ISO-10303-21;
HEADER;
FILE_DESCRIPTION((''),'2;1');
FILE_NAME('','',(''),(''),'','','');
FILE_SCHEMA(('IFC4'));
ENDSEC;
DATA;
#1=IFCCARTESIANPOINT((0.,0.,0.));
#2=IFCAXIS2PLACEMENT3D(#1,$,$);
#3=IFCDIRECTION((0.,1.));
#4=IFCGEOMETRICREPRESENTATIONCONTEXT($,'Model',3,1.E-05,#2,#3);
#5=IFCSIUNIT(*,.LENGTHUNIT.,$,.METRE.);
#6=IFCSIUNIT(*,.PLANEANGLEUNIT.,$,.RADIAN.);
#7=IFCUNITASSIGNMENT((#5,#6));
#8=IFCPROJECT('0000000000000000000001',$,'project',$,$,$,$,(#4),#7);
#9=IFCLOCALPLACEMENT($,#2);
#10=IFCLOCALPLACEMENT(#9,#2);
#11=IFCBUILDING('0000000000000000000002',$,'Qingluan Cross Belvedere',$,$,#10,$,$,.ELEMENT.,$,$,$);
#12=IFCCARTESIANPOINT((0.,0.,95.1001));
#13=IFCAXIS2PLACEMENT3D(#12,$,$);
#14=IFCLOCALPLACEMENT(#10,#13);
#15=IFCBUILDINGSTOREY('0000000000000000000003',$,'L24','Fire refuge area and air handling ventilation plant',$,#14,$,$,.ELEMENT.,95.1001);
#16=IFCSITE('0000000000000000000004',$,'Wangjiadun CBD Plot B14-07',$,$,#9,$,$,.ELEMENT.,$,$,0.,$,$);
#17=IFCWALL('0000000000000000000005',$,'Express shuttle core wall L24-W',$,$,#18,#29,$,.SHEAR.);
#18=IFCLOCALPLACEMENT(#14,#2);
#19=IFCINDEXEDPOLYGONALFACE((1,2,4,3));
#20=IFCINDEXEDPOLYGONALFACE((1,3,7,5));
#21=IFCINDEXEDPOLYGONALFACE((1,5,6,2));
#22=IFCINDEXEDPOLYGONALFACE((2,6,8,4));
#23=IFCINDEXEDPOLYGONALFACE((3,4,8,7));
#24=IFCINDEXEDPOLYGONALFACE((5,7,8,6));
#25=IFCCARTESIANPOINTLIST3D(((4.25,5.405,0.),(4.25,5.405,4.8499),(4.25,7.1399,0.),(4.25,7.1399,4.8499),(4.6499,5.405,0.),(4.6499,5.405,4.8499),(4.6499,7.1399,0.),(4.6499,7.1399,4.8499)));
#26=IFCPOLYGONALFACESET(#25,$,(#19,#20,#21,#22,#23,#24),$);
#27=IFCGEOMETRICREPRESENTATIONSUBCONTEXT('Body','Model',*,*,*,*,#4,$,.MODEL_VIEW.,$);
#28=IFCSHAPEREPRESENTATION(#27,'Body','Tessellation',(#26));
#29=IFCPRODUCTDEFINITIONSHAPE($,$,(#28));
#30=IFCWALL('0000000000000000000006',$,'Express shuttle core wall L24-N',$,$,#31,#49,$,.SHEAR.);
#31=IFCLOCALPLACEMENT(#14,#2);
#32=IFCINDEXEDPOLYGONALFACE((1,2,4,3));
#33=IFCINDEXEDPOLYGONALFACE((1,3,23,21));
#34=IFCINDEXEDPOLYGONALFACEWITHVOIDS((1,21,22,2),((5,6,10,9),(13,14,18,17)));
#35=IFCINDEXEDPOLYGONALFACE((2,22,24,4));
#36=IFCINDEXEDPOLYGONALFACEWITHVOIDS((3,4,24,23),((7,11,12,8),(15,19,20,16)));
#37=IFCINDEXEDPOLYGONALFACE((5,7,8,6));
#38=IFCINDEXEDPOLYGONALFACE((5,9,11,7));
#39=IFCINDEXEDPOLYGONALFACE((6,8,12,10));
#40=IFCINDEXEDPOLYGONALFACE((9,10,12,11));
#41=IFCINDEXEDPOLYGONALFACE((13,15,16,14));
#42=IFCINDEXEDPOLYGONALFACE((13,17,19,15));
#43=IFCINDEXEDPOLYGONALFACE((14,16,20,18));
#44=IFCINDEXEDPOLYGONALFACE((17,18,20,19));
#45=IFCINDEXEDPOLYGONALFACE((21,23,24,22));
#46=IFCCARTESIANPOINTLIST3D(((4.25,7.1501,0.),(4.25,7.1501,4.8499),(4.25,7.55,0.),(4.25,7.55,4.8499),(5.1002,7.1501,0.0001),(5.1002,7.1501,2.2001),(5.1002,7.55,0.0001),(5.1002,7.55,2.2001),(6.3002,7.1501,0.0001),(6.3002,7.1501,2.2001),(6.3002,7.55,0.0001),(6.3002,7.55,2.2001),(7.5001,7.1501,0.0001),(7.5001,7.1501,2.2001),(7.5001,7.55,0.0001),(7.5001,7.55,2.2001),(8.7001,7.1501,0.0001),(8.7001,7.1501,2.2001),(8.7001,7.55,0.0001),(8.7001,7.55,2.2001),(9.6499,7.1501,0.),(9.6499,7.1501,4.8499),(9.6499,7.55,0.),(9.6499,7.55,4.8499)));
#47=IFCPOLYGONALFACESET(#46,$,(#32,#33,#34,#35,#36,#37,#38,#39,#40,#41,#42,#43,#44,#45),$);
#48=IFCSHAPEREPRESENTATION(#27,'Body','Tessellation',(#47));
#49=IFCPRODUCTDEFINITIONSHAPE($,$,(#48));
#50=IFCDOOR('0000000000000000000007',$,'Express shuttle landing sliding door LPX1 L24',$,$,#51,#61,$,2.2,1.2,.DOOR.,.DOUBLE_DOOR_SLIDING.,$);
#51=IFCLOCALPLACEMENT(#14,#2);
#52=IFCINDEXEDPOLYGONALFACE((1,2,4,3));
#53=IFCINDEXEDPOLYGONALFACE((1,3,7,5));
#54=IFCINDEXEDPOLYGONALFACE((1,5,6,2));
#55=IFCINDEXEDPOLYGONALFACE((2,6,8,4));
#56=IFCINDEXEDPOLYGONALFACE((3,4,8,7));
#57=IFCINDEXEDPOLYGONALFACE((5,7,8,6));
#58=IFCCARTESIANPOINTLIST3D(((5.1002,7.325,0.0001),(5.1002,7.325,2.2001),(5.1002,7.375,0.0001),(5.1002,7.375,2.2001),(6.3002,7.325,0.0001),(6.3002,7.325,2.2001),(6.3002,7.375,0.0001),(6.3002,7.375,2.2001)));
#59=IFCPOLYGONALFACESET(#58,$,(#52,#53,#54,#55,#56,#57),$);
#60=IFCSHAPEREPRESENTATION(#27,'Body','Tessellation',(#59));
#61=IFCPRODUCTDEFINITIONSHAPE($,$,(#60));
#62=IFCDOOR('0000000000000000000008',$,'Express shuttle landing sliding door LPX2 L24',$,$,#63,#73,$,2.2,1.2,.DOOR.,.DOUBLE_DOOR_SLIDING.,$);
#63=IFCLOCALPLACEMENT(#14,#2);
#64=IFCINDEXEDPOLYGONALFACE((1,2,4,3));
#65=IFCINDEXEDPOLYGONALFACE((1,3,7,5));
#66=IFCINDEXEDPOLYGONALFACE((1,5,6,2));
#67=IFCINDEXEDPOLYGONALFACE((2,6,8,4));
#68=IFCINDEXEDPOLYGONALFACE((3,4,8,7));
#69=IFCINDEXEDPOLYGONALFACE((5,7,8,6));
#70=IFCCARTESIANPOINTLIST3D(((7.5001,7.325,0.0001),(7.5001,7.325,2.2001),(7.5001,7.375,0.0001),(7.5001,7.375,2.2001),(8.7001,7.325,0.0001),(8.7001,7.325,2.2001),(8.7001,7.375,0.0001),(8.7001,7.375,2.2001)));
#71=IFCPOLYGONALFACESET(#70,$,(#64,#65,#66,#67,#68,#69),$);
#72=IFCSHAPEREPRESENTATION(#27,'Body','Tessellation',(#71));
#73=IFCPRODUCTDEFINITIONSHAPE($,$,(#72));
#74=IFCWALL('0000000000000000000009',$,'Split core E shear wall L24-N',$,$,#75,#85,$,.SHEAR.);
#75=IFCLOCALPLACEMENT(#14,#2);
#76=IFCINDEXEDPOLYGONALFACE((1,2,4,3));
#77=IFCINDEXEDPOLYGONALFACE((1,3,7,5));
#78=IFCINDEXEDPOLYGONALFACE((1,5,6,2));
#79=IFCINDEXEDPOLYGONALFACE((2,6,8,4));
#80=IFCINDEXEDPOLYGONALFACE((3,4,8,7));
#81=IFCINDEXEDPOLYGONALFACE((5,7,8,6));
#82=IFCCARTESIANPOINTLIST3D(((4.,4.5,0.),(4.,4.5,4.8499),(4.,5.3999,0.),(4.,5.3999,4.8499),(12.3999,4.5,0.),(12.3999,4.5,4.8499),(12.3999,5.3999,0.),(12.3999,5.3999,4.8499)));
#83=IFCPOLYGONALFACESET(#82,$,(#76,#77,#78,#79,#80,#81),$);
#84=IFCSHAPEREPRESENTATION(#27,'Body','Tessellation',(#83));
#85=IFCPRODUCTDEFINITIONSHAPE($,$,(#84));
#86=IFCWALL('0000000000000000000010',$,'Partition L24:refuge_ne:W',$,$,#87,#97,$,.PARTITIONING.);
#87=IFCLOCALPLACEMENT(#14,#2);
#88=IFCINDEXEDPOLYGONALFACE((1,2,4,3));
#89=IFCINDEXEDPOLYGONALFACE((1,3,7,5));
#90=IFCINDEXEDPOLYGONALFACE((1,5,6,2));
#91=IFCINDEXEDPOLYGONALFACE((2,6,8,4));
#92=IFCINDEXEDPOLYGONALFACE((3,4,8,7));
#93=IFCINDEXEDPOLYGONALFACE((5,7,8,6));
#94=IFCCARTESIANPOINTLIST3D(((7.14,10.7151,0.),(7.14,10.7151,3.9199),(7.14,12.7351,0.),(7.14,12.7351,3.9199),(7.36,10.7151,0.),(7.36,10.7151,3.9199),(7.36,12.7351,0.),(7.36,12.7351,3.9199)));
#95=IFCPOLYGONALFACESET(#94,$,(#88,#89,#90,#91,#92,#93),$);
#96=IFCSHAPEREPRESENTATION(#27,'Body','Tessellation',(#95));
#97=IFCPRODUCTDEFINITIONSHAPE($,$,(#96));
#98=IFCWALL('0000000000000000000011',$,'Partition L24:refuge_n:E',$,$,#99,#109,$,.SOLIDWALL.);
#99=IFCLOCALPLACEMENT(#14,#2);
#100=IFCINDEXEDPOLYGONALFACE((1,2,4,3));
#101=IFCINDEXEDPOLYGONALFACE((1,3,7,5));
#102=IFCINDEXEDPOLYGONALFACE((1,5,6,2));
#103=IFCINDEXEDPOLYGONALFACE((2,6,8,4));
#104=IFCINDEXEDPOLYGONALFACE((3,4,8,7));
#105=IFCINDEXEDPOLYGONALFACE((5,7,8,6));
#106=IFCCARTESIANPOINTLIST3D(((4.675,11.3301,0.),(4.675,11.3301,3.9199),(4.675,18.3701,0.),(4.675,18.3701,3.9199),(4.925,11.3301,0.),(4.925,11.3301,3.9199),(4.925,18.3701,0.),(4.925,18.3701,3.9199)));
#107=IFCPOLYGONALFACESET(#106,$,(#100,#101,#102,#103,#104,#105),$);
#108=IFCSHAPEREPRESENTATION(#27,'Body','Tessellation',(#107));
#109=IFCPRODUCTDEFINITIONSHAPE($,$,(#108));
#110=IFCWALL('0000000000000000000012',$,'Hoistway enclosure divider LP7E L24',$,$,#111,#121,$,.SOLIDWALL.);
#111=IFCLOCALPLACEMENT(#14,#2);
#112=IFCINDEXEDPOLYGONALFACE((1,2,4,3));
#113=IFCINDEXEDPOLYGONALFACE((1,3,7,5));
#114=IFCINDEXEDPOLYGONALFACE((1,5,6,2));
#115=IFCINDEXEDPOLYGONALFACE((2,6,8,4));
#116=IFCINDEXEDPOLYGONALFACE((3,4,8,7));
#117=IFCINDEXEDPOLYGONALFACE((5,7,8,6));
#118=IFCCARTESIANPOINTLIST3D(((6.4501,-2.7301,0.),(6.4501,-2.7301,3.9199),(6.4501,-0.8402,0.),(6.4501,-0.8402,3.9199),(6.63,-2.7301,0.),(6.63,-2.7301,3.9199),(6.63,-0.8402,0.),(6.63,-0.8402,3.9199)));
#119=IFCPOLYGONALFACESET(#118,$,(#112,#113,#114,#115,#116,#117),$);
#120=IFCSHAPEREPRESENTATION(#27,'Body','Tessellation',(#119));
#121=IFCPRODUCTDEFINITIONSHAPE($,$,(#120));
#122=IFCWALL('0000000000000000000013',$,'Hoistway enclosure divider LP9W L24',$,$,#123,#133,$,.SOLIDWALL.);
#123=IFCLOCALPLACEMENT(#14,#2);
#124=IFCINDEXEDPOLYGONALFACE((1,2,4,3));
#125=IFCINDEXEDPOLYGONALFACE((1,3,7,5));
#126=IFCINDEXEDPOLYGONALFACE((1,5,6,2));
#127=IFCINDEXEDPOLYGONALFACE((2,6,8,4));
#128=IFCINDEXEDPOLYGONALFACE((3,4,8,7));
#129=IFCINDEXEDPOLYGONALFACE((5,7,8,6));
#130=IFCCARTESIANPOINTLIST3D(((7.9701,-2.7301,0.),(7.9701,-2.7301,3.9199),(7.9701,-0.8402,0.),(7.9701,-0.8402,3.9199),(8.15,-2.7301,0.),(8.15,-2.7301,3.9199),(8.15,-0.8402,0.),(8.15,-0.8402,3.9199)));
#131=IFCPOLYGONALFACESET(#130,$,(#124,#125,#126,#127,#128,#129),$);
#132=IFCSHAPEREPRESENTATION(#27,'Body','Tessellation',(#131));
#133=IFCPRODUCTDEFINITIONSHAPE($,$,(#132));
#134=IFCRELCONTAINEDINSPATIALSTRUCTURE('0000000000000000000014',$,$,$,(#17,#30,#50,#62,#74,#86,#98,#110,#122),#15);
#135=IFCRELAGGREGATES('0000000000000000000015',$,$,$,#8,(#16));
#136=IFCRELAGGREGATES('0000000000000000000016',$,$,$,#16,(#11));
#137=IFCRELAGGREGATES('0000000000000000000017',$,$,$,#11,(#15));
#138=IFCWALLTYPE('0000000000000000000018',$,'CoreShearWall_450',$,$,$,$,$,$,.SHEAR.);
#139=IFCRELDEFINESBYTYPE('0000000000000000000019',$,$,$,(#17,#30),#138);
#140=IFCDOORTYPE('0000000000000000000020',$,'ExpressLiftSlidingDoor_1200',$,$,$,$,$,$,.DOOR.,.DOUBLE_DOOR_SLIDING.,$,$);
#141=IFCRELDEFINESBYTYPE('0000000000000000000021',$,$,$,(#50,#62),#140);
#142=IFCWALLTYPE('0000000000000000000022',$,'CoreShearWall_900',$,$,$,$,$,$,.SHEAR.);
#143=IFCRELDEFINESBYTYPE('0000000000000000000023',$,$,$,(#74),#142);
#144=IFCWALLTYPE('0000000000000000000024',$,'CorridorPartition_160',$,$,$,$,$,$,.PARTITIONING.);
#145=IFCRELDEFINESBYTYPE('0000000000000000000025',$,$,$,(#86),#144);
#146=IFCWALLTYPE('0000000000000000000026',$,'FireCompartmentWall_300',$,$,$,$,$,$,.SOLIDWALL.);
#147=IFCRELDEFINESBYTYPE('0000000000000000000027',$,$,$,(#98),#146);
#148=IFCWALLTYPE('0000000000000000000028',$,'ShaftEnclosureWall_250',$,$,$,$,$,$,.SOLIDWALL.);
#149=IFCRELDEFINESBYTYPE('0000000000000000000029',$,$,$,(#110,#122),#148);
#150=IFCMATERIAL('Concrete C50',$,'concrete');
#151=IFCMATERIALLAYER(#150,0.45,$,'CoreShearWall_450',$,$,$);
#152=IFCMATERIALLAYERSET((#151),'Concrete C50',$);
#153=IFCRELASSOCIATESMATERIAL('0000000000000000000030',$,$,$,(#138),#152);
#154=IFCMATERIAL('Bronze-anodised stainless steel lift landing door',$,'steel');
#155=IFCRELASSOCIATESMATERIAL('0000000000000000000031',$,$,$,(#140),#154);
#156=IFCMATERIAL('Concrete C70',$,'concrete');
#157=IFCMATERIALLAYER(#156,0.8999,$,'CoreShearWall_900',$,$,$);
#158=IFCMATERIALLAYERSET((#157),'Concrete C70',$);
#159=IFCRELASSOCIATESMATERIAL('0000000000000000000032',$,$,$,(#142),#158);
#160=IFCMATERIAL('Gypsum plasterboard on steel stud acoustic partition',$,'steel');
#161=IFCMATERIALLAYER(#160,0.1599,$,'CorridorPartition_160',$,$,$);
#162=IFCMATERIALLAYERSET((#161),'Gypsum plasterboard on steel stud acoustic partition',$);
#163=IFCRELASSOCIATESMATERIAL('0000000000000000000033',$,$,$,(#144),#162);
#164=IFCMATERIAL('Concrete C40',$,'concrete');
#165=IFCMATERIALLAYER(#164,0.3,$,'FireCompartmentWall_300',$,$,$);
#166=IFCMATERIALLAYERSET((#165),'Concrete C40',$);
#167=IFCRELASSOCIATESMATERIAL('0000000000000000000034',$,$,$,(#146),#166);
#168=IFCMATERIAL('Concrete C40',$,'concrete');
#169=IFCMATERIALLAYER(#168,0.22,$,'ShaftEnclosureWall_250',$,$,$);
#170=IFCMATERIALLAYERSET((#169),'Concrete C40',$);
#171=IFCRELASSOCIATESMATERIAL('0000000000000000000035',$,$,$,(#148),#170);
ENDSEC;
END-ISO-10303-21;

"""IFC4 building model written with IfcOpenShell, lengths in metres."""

from ifc_helpers import new_model, si_unit, direction, frame, frame_2d, origin, place, context, subcontext, project, spatial, rectangle, extrude, material, layer, layer_set, type_object, element, fill, save


model = new_model("IFC4")

# Units and contexts
model_context = context("Model", 3, precision=1e-05, world=origin(), true_north=direction((0.0, 1.0)))
body_context = subcontext(model_context, "Body", "Model", "MODEL_VIEW")
ifc_project = project(units=[si_unit("LENGTHUNIT", "METRE"), si_unit("PLANEANGLEUNIT", "RADIAN")], contexts=[model_context])

# Site, building, storey
site_placement = place(None, origin())
site = spatial("IfcSite", under=ifc_project, at=site_placement, Name="Wangjiadun CBD Plot B14-07", CompositionType="ELEMENT", RefElevation=0.0)
building_placement = place(site_placement, origin())
building = spatial("IfcBuilding", under=site, at=building_placement, Name="Qingluan Cross Belvedere", CompositionType="ELEMENT")
storey_placement = place(building_placement, frame((0.0, 0.0, 95.1001)))
storey = spatial("IfcBuildingStorey", under=building, at=storey_placement, Name="L24", Description="Fire refuge area and air handling ventilation plant", CompositionType="ELEMENT", Elevation=95.1001)

# Wall
ifc_material_1 = material(Name="Concrete C50", Category="concrete")
ifc_layer_1 = layer(ifc_material_1, 0.45, Name="CoreShearWall_450")
ifc_layer_set_1 = layer_set([ifc_layer_1], Name="Concrete C50")
wall_type_1 = type_object("IfcWallType", Name="CoreShearWall_450", PredefinedType="SHEAR", material=ifc_layer_set_1)
wall_1_placement = place(storey_placement, frame((4.45, 5.405, 0.0), z_axis=(0.0, 0.0, 1.0), x_axis=(0.0, 1.0, 0.0)))
element("IfcWall", 1, at=wall_1_placement, inside=storey, type_object=wall_type_1, Name="Express shuttle core wall L24-W", PredefinedType="SHEAR", context=body_context, shape_type="SweptSolid", body=[
    extrude(rectangle(XDim=1.7349, YDim=0.3999, at=frame_2d((0.8674, 0.0))), origin(), (0.0, 0.0, 1.0), 4.8499),
])

# Wall, openings, doors
wall_2_placement = place(storey_placement, frame((4.25, 7.3501, 0.0), z_axis=(0.0, 0.0, 1.0), x_axis=(1.0, 0.0, 0.0)))
wall_2 = element("IfcWall", 2, at=wall_2_placement, inside=storey, type_object=wall_type_1, Name="Express shuttle core wall L24-N", PredefinedType="SHEAR", context=body_context, shape_type="SweptSolid", body=[
    extrude(rectangle(XDim=5.3999, YDim=0.3999, at=frame_2d((2.7, 0.0))), origin(), (0.0, 0.0, 1.0), 4.8499),
])
opening_1_placement = place(wall_2_placement, frame((0.8501, 0.0, 0.0)))
opening_1 = element("IfcOpeningElement", 3, at=opening_1_placement, cuts=wall_2, PredefinedType="OPENING", context=body_context, shape_type="SweptSolid", body=[
    extrude(rectangle(XDim=1.2, YDim=2.2, at=frame_2d((0.6001, 1.1001))), frame((0.0, 0.21, 0.0), z_axis=(0.0, -1.0, 0.0), x_axis=(1.0, 0.0, 0.0)), (0.0, 0.0, 1.0), 0.4199),
])
opening_2_placement = place(wall_2_placement, frame((3.25, 0.0, 0.0)))
opening_2 = element("IfcOpeningElement", 4, at=opening_2_placement, cuts=wall_2, PredefinedType="OPENING", context=body_context, shape_type="SweptSolid", body=[
    extrude(rectangle(XDim=1.2, YDim=2.2, at=frame_2d((0.6001, 1.1001))), frame((0.0, 0.21, 0.0), z_axis=(0.0, -1.0, 0.0), x_axis=(1.0, 0.0, 0.0)), (0.0, 0.0, 1.0), 0.4199),
])
ifc_material_2 = material(Name="Bronze-anodised stainless steel lift landing door", Category="steel")
door_type_1 = type_object("IfcDoorType", Name="ExpressLiftSlidingDoor_1200", OperationType="DOUBLE_DOOR_SLIDING", PredefinedType="DOOR", material=ifc_material_2)
door_1_placement = place(opening_1_placement, origin())
door_1 = element("IfcDoor", 5, at=door_1_placement, inside=storey, type_object=door_type_1, Name="Express shuttle landing sliding door LPX1 L24", OperationType="DOUBLE_DOOR_SLIDING", OverallHeight=2.2, OverallWidth=1.2, PredefinedType="DOOR", context=body_context, shape_type="SweptSolid", body=[
    extrude(rectangle(XDim=1.2, YDim=2.2, at=frame_2d((0.6001, 1.1001))), frame((0.0, 0.0249, 0.0), z_axis=(0.0, -1.0, 0.0), x_axis=(1.0, 0.0, 0.0)), (0.0, 0.0, 1.0), 0.05),
])
fill(opening_1, door_1)
door_2_placement = place(opening_2_placement, origin())
door_2 = element("IfcDoor", 6, at=door_2_placement, inside=storey, type_object=door_type_1, Name="Express shuttle landing sliding door LPX2 L24", OperationType="DOUBLE_DOOR_SLIDING", OverallHeight=2.2, OverallWidth=1.2, PredefinedType="DOOR", context=body_context, shape_type="SweptSolid", body=[
    extrude(rectangle(XDim=1.2, YDim=2.2, at=frame_2d((0.6001, 1.1001))), frame((0.0, 0.0249, 0.0), z_axis=(0.0, -1.0, 0.0), x_axis=(1.0, 0.0, 0.0)), (0.0, 0.0, 1.0), 0.05),
])
fill(opening_2, door_2)

# Wall
ifc_material_3 = material(Name="Concrete C70", Category="concrete")
ifc_layer_2 = layer(ifc_material_3, 0.8999, Name="CoreShearWall_900")
ifc_layer_set_2 = layer_set([ifc_layer_2], Name="Concrete C70")
wall_type_2 = type_object("IfcWallType", Name="CoreShearWall_900", PredefinedType="SHEAR", material=ifc_layer_set_2)
wall_3_placement = place(storey_placement, frame((4.0, 4.95, 0.0), z_axis=(0.0, 0.0, 1.0), x_axis=(1.0, 0.0, 0.0)))
element("IfcWall", 7, at=wall_3_placement, inside=storey, type_object=wall_type_2, Name="Split core E shear wall L24-N", PredefinedType="SHEAR", context=body_context, shape_type="SweptSolid", body=[
    extrude(rectangle(XDim=8.3999, YDim=0.8999, at=frame_2d((4.2, 0.0))), origin(), (0.0, 0.0, 1.0), 4.8499),
])

# Shared definitions
ifc_material_4 = material(Name="Gypsum plasterboard on steel stud acoustic partition", Category="steel")
ifc_layer_3 = layer(ifc_material_4, 0.1599, Name="CorridorPartition_160")
ifc_layer_set_3 = layer_set([ifc_layer_3], Name="Gypsum plasterboard on steel stud acoustic partition")
wall_type_3 = type_object("IfcWallType", Name="CorridorPartition_160", PredefinedType="PARTITIONING", material=ifc_layer_set_3)

# Walls
wall_4_placement = place(storey_placement, frame((7.25, 10.7151, 0.0), z_axis=(0.0, 0.0, 1.0), x_axis=(0.0, 1.0, 0.0)))
element("IfcWall", 8, at=wall_4_placement, inside=storey, type_object=wall_type_3, Name="Partition L24:refuge_ne:W", PredefinedType="PARTITIONING", context=body_context, shape_type="SweptSolid", body=[
    extrude(rectangle(XDim=2.02, YDim=0.22, at=frame_2d((1.01, 0.0))), origin(), (0.0, 0.0, 1.0), 3.9199),
])
ifc_material_5 = material(Name="Concrete C40", Category="concrete")
ifc_layer_4 = layer(ifc_material_5, 0.3, Name="FireCompartmentWall_300")
ifc_layer_set_4 = layer_set([ifc_layer_4], Name="Concrete C40")
wall_type_4 = type_object("IfcWallType", Name="FireCompartmentWall_300", PredefinedType="SOLIDWALL", material=ifc_layer_set_4)
wall_5_placement = place(storey_placement, frame((4.8, 11.3301, 0.0), z_axis=(0.0, 0.0, 1.0), x_axis=(0.0, 1.0, 0.0)))
element("IfcWall", 9, at=wall_5_placement, inside=storey, type_object=wall_type_4, Name="Partition L24:refuge_n:E", PredefinedType="SOLIDWALL", context=body_context, shape_type="SweptSolid", body=[
    extrude(rectangle(XDim=7.04, YDim=0.25, at=frame_2d((3.52, 0.0))), origin(), (0.0, 0.0, 1.0), 3.9199),
])

# Shared definitions
ifc_material_6 = material(Name="Concrete C40", Category="concrete")
ifc_layer_5 = layer(ifc_material_6, 0.22, Name="ShaftEnclosureWall_250")
ifc_layer_set_5 = layer_set([ifc_layer_5], Name="Concrete C40")
wall_type_5 = type_object("IfcWallType", Name="ShaftEnclosureWall_250", PredefinedType="SOLIDWALL", material=ifc_layer_set_5)

# Walls
for number, where, z_axis, x_axis, name in (
    (10, (6.54, -2.73, 0.0), (0.0, 0.0, 1.0), (0.0, 1.0, 0.0), "Hoistway enclosure divider LP7E L24"),
    (11, (8.0601, -2.73, 0.0), (0.0, 0.0, 1.0), (0.0, 1.0, 0.0), "Hoistway enclosure divider LP9W L24"),
):
    element("IfcWall", number, at=place(storey_placement, frame(where, z_axis=z_axis, x_axis=x_axis)), inside=storey, type_object=wall_type_5, Name=name, PredefinedType="SOLIDWALL", context=body_context, shape_type="SweptSolid", body=[
        extrude(rectangle(XDim=1.8899, YDim=0.1799, at=frame_2d((0.9448, 0.0))), origin(), (0.0, 0.0, 1.0), 3.9199),
    ])

save(model, "model.ifc")
